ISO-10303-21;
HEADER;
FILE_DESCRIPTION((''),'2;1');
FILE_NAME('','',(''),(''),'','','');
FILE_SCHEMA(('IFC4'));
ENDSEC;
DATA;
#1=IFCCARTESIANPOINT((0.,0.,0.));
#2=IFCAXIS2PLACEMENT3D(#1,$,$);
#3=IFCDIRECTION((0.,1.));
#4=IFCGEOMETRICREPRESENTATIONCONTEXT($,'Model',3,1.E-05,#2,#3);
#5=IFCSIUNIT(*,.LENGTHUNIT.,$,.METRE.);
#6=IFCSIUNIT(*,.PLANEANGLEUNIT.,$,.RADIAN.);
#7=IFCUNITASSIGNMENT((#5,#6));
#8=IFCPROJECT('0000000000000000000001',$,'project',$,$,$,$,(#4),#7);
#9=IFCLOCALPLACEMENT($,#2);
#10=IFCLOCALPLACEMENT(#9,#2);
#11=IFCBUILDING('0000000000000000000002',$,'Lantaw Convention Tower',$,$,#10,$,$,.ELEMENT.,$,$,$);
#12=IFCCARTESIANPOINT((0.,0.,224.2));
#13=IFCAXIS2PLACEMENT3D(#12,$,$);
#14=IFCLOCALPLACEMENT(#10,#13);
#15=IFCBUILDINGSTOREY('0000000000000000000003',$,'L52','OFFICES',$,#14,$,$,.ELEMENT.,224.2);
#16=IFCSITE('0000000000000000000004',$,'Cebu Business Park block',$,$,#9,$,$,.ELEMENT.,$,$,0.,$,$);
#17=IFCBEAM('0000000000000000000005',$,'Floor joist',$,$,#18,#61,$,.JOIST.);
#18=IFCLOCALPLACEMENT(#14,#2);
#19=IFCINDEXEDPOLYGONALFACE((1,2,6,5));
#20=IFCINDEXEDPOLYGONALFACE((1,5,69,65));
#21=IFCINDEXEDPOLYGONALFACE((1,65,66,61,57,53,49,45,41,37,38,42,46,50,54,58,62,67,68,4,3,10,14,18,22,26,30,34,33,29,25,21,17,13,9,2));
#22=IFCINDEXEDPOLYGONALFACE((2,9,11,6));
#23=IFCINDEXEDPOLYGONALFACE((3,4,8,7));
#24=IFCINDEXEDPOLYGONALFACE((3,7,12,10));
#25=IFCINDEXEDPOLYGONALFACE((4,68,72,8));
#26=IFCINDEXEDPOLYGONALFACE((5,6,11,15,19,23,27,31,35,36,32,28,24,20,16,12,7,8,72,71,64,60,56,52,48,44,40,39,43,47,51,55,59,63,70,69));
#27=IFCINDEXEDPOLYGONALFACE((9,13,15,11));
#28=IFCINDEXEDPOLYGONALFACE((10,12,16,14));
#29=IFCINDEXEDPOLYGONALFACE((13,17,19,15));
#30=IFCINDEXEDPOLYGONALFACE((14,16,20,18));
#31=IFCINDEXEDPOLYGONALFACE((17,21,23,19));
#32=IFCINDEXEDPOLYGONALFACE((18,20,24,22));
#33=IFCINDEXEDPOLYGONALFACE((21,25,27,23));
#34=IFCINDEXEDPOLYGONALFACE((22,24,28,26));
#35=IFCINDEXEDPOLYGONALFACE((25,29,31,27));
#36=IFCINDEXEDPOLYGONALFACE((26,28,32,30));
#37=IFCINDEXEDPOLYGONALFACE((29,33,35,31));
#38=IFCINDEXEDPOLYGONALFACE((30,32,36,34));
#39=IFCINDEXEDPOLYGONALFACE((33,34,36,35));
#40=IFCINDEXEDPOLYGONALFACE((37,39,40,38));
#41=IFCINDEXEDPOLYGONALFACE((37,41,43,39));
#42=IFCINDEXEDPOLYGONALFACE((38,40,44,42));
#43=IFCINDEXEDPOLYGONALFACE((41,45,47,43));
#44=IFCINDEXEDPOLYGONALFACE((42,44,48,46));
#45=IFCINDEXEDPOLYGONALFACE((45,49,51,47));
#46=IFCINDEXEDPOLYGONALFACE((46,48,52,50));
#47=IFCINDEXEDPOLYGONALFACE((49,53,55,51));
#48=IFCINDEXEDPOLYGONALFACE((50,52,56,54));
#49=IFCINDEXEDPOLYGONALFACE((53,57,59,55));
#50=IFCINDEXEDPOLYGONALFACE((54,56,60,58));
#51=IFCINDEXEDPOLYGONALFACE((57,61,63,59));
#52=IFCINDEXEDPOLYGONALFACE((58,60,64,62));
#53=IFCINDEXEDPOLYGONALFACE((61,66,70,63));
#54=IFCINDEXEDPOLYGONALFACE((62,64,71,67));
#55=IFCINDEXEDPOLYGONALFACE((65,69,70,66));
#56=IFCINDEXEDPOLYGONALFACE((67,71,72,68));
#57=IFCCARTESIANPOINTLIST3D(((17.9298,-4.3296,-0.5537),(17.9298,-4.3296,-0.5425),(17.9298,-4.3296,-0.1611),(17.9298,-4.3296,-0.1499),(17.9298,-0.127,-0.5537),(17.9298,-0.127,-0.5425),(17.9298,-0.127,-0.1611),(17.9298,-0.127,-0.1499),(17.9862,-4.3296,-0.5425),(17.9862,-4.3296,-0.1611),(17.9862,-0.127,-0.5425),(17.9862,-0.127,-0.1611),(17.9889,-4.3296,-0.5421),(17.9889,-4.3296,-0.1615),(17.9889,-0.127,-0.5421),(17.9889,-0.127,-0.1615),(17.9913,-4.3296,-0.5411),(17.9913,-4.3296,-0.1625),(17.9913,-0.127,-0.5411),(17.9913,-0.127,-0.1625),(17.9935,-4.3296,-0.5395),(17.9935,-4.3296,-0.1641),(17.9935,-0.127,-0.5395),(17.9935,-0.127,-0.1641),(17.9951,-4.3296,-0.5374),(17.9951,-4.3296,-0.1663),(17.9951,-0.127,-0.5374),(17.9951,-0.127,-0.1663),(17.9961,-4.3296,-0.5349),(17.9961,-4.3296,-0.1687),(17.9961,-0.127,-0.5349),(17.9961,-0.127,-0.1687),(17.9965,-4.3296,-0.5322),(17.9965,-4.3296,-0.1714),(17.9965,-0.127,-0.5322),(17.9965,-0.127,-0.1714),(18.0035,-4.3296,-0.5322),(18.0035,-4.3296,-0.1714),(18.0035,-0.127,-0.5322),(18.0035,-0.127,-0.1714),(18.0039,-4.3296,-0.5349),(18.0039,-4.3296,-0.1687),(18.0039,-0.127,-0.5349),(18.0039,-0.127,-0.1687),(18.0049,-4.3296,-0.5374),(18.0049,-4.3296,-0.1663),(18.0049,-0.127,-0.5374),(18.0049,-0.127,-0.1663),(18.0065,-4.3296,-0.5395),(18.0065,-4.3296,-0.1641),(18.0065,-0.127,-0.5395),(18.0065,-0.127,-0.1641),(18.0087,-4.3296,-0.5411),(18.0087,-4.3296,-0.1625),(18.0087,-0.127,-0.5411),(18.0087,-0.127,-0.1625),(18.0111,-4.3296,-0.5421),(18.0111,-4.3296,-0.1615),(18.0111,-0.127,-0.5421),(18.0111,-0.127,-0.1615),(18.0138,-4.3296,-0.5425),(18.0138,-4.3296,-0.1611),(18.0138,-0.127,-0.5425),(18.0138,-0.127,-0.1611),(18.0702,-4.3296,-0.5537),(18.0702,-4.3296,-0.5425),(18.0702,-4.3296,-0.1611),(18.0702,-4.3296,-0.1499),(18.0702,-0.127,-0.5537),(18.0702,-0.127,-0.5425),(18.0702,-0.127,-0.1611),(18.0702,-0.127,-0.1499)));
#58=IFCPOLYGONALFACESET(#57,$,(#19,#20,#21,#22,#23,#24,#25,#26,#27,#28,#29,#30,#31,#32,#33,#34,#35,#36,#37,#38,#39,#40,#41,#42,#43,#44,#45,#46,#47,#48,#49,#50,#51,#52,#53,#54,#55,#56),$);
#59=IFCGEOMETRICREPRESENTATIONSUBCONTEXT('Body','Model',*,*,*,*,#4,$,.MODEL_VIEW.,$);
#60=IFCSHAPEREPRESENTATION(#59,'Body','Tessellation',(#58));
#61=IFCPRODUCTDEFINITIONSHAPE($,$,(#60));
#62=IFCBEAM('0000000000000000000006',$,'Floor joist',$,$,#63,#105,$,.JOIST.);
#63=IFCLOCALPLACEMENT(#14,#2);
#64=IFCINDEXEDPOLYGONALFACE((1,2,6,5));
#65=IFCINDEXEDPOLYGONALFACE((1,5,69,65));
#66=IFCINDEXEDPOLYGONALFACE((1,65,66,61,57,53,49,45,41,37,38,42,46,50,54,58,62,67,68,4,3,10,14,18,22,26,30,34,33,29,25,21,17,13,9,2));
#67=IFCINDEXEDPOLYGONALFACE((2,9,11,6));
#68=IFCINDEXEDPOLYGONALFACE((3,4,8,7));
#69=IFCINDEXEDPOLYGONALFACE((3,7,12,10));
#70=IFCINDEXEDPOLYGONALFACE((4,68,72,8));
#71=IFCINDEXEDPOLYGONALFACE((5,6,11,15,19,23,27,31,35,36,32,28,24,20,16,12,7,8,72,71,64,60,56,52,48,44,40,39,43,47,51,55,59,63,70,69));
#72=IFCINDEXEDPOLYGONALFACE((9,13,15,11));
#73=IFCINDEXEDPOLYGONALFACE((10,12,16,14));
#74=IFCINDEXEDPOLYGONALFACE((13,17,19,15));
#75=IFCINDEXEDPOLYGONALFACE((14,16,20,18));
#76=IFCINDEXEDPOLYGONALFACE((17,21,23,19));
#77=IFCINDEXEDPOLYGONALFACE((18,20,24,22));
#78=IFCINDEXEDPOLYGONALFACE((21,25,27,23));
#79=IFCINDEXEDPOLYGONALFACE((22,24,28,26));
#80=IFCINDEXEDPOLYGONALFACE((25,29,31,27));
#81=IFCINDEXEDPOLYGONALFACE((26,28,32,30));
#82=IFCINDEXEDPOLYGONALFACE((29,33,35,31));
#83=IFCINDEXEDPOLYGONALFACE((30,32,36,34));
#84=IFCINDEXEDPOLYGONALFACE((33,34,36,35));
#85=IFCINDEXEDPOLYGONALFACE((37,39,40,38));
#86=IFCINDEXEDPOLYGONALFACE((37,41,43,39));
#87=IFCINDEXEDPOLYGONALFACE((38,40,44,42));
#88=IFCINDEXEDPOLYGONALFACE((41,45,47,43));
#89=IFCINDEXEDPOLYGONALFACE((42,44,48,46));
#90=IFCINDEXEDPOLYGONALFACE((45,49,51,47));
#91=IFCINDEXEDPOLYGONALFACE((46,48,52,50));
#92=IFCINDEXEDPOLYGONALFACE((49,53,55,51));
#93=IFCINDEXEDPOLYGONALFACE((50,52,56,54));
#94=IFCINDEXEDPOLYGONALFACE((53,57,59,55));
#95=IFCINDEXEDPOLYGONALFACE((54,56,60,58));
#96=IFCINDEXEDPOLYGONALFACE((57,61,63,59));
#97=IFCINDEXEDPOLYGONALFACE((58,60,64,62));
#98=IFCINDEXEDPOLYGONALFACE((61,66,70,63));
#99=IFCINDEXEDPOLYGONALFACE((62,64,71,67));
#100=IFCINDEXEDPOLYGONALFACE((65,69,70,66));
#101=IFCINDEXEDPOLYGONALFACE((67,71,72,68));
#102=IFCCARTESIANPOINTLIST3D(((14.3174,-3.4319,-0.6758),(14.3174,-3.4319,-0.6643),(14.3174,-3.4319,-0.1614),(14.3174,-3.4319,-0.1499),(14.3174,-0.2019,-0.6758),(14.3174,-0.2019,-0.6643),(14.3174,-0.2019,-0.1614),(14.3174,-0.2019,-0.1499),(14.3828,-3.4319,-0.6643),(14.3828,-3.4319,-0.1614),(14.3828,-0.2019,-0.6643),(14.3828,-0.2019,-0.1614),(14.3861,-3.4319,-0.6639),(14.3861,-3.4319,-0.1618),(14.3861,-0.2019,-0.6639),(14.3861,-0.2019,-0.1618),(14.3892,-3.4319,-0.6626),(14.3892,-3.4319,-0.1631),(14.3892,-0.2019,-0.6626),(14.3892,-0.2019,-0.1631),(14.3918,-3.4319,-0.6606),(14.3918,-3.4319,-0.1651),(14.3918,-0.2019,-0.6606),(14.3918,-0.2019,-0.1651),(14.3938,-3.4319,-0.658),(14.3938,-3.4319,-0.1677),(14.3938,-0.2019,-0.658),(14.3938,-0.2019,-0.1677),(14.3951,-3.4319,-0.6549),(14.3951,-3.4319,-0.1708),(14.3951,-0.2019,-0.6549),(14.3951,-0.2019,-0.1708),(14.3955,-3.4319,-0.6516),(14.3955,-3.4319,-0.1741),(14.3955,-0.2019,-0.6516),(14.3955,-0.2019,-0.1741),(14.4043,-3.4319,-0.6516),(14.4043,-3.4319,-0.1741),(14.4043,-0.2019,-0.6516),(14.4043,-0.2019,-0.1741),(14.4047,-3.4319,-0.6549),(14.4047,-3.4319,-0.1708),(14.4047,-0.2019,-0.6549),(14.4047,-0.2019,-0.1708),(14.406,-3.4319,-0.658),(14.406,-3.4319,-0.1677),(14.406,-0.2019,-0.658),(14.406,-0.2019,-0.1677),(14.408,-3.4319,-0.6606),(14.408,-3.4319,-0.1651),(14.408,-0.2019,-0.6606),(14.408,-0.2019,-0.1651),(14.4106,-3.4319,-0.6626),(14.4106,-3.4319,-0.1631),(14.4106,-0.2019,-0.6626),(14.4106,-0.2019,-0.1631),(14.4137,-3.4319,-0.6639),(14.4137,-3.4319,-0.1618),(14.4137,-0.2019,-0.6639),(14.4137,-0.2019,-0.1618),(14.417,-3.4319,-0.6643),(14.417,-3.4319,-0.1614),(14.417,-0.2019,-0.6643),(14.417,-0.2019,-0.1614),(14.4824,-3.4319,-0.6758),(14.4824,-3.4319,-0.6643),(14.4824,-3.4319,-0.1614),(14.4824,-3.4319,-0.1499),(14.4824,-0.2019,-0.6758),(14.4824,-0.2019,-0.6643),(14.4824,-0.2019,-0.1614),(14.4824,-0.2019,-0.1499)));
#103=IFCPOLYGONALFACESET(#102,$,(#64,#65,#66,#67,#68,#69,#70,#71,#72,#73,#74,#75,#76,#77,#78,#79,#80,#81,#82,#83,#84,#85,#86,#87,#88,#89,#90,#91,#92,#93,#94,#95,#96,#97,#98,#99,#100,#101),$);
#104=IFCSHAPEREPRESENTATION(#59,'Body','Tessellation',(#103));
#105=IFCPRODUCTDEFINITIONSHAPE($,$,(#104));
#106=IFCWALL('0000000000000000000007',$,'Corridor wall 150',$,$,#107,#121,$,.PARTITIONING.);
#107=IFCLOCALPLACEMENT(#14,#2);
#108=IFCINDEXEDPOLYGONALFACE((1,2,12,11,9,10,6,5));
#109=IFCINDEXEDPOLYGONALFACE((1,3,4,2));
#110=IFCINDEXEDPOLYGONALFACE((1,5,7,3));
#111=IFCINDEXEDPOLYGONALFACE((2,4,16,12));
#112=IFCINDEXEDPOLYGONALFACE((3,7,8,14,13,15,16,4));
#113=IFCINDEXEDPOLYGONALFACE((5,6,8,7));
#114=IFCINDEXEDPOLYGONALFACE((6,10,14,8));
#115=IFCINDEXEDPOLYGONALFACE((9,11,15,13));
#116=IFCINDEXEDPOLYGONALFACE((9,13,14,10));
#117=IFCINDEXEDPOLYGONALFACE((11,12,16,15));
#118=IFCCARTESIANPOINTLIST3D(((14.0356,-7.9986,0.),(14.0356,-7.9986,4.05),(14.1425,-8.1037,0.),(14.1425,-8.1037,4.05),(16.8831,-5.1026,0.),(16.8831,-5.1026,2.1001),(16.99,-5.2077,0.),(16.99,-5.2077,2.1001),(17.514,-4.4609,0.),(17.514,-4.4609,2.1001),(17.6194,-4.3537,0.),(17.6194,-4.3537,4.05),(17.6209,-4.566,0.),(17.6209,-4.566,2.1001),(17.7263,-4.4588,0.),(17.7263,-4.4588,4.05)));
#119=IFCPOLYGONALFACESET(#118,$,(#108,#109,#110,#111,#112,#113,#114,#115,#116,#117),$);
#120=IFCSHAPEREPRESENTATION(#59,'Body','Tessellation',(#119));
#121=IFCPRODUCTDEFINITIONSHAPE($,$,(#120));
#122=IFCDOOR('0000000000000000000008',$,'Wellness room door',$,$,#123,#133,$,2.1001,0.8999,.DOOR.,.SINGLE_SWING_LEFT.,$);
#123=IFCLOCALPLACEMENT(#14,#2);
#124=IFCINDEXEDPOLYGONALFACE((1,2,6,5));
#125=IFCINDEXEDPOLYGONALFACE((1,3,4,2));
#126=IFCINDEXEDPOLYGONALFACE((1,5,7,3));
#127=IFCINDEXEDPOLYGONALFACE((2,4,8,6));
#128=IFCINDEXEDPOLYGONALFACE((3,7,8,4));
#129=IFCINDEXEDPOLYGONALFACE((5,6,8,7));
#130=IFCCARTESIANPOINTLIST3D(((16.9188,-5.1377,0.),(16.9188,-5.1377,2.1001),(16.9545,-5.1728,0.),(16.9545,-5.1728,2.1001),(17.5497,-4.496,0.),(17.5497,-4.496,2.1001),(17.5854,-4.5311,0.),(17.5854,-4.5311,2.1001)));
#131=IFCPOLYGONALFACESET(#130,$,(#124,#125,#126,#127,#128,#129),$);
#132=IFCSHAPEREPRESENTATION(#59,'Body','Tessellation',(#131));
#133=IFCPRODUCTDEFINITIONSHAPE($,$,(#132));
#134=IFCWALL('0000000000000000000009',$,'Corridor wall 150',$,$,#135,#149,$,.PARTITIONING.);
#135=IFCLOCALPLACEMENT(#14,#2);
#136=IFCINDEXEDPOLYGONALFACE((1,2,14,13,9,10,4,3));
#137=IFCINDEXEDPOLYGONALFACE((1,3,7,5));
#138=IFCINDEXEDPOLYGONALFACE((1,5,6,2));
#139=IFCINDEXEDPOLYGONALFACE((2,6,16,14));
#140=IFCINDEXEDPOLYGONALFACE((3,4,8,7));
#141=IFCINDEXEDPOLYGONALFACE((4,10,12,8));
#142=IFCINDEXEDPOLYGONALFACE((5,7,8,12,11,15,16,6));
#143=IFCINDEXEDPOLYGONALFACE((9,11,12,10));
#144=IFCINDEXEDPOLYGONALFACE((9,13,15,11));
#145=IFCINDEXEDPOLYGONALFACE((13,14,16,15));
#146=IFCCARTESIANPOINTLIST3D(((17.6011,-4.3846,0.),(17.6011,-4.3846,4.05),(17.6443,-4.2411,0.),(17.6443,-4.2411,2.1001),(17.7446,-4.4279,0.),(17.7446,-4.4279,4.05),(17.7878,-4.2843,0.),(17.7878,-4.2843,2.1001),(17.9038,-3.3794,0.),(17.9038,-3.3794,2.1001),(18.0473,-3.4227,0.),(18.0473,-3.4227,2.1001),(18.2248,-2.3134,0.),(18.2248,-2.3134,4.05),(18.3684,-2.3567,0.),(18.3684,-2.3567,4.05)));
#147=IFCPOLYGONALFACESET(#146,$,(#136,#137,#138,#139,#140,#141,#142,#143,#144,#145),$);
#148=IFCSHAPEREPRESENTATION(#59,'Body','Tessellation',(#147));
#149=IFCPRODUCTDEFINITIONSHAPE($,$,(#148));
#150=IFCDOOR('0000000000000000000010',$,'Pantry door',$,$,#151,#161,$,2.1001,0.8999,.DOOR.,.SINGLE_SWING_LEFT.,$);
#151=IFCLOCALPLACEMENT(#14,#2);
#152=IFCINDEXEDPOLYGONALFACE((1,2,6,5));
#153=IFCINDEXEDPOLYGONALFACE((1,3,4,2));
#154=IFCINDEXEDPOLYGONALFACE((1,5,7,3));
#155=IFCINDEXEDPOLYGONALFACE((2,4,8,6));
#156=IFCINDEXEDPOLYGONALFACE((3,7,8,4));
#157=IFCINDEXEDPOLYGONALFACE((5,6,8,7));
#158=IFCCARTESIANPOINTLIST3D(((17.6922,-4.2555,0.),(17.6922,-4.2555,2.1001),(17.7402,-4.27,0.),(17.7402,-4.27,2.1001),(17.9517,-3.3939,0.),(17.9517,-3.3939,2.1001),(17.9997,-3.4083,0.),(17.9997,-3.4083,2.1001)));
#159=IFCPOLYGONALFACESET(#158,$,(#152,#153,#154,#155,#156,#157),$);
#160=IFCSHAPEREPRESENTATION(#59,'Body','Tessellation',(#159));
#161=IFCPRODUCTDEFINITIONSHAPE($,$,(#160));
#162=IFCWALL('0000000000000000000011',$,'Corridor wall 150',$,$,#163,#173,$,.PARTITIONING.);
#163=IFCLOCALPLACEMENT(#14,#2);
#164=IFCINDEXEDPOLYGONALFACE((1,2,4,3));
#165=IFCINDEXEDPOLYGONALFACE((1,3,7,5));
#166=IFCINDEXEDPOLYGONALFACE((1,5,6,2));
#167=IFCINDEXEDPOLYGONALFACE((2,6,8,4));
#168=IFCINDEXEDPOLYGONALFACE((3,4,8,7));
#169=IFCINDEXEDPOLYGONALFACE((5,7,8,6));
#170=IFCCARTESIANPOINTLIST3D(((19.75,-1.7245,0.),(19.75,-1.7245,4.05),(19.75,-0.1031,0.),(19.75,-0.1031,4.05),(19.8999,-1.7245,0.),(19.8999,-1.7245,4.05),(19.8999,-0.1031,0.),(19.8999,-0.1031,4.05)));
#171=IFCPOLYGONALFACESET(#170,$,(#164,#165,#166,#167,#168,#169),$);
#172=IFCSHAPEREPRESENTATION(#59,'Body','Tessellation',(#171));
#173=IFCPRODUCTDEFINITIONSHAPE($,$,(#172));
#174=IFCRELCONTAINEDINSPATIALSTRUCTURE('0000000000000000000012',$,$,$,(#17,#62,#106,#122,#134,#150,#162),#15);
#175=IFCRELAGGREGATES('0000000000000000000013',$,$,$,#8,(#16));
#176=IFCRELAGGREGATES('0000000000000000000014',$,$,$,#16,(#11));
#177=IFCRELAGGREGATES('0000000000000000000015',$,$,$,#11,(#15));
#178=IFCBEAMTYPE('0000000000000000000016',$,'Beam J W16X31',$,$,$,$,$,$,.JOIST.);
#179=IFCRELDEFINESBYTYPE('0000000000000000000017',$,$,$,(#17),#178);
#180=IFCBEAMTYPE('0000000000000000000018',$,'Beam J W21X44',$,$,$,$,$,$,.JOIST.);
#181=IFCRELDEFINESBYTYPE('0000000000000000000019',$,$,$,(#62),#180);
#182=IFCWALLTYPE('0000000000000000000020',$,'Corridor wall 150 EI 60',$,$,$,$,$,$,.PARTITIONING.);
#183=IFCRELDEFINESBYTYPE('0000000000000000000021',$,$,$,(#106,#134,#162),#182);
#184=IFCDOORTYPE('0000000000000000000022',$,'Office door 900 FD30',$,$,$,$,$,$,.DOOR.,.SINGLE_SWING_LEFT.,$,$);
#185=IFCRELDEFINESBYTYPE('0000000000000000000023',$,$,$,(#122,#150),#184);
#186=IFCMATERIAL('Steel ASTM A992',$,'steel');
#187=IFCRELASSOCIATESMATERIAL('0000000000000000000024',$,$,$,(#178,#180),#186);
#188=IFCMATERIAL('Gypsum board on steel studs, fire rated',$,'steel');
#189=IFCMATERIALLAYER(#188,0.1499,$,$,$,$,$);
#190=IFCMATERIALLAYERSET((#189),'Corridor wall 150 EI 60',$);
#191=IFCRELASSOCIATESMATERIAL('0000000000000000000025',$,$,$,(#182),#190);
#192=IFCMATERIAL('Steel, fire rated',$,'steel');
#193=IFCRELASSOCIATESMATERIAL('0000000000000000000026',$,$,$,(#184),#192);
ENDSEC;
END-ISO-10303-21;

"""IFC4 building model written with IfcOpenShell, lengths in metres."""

from ifc_helpers import new_model, si_unit, direction, frame, frame_2d, origin, origin_2d, place, context, subcontext, project, spatial, rectangle, i_section, extrude, material, layer, layer_set, material_profile, profile_set, type_object, element, fill, save


model = new_model("IFC4")

# Units and contexts
model_context = context("Model", 3, precision=1e-05, world=origin(), true_north=direction((0.0, 1.0)))
body_context = subcontext(model_context, "Body", "Model", "MODEL_VIEW")
ifc_project = project(units=[si_unit("LENGTHUNIT", "METRE"), si_unit("PLANEANGLEUNIT", "RADIAN")], contexts=[model_context])

# Site, building, storey
site_placement = place(None, origin())
site = spatial("IfcSite", under=ifc_project, at=site_placement, Name="Cebu Business Park block", CompositionType="ELEMENT", RefElevation=0.0)
building_placement = place(site_placement, origin())
building = spatial("IfcBuilding", under=site, at=building_placement, Name="Lantaw Convention Tower", CompositionType="ELEMENT")
storey_placement = place(building_placement, frame((0.0, 0.0, 224.2)))
storey = spatial("IfcBuildingStorey", under=building, at=storey_placement, Name="L52", Description="OFFICES", CompositionType="ELEMENT", Elevation=224.2)

# Beams
ifc_material_1 = material(Name="Steel ASTM A992", Category="steel")
ifc_material_profile_1 = material_profile(ifc_material_1, i_section(OverallWidth=0.1404, OverallDepth=0.4038, WebThickness=0.0071, FlangeThickness=0.0112, FilletRadius=0.0103, at=origin_2d()), Name="W16X31")
ifc_profile_set_1 = profile_set([ifc_material_profile_1], Name="Steel ASTM A992")
beam_type_1 = type_object("IfcBeamType", Name="Beam J W16X31", PredefinedType="JOIST", material=ifc_profile_set_1)
beam_1_placement = place(storey_placement, frame((18.0, -4.3296, -0.3518), z_axis=(0.0, 1.0, 0.0), x_axis=(-1.0, 0.0, 0.0)))
element("IfcBeam", 1, at=beam_1_placement, inside=storey, type_object=beam_type_1, Name="Floor joist", PredefinedType="JOIST", context=body_context, shape_type="SweptSolid", body=[
    extrude(i_section(OverallWidth=0.1404, OverallDepth=0.4038, WebThickness=0.0071, FlangeThickness=0.0112, FilletRadius=0.0103, at=origin_2d()), origin(), (0.0, 0.0, 1.0), 4.2026),
])
ifc_material_profile_2 = material_profile(ifc_material_1, i_section(OverallWidth=0.165, OverallDepth=0.5259, WebThickness=0.0088, FlangeThickness=0.0115, FilletRadius=0.0127, at=origin_2d()), Name="W21X44")
ifc_profile_set_2 = profile_set([ifc_material_profile_2], Name="Steel ASTM A992")
beam_type_2 = type_object("IfcBeamType", Name="Beam J W21X44", PredefinedType="JOIST", material=ifc_profile_set_2)
beam_2_placement = place(storey_placement, frame((14.3999, -3.4319, -0.4128), z_axis=(0.0, 1.0, 0.0), x_axis=(-1.0, 0.0, 0.0)))
element("IfcBeam", 2, at=beam_2_placement, inside=storey, type_object=beam_type_2, Name="Floor joist", PredefinedType="JOIST", context=body_context, shape_type="SweptSolid", body=[
    extrude(i_section(OverallWidth=0.165, OverallDepth=0.5259, WebThickness=0.0088, FlangeThickness=0.0115, FilletRadius=0.0127, at=origin_2d()), origin(), (0.0, 0.0, 1.0), 3.23),
])

# Walls, openings, doors
ifc_material_2 = material(Name="Gypsum board on steel studs, fire rated", Category="steel")
ifc_layer_1 = layer(ifc_material_2, 0.1499)
ifc_layer_set_1 = layer_set([ifc_layer_1], Name="Corridor wall 150 EI 60")
wall_type_1 = type_object("IfcWallType", Name="Corridor wall 150 EI 60", PredefinedType="PARTITIONING", material=ifc_layer_set_1)
wall_1_placement = place(storey_placement, frame((14.0891, -8.051, 0.0), z_axis=(0.0, 0.0, 1.0), x_axis=(0.701111, 0.713052, 0.0)))
wall_1 = element("IfcWall", 3, at=wall_1_placement, inside=storey, type_object=wall_type_1, Name="Corridor wall 150", PredefinedType="PARTITIONING", context=body_context, shape_type="SweptSolid", body=[
    extrude(rectangle(XDim=5.1116, YDim=0.1499, at=frame_2d((2.5557, 0.0))), origin(), (0.0, 0.0, 1.0), 4.05),
])
opening_1_placement = place(wall_1_placement, frame((4.0613, 0.0, 0.0)))
opening_1 = element("IfcOpeningElement", 4, at=opening_1_placement, cuts=wall_1, PredefinedType="OPENING", context=body_context, shape_type="SweptSolid", body=[
    extrude(rectangle(XDim=0.8999, YDim=2.1001, at=frame_2d((0.45, 1.05))), frame((0.0, 0.085, 0.0), z_axis=(0.0, -1.0, 0.0), x_axis=(1.0, 0.0, 0.0)), (0.0, 0.0, 1.0), 0.1699),
])
ifc_material_3 = material(Name="Steel, fire rated", Category="steel")
door_type_1 = type_object("IfcDoorType", Name="Office door 900 FD30", OperationType="SINGLE_SWING_LEFT", PredefinedType="DOOR", material=ifc_material_3)
door_1_placement = place(opening_1_placement, origin())
door_1 = element("IfcDoor", 5, at=door_1_placement, inside=storey, type_object=door_type_1, Name="Wellness room door", OperationType="SINGLE_SWING_LEFT", OverallHeight=2.1001, OverallWidth=0.8999, PredefinedType="DOOR", context=body_context, shape_type="SweptSolid", body=[
    extrude(rectangle(XDim=0.8999, YDim=2.1001, at=frame_2d((0.45, 1.05))), frame((0.0, 0.0249, 0.0), z_axis=(0.0, -1.0, 0.0), x_axis=(1.0, 0.0, 0.0)), (0.0, 0.0, 1.0), 0.05),
])
fill(opening_1, door_1)
wall_2_placement = place(storey_placement, frame((17.6729, -4.4062, 0.0), z_axis=(0.0, 0.0, 1.0), x_axis=(0.288362, 0.957521, 0.0)))
wall_2 = element("IfcWall", 6, at=wall_2_placement, inside=storey, type_object=wall_type_1, Name="Corridor wall 150", PredefinedType="PARTITIONING", context=body_context, shape_type="SweptSolid", body=[
    extrude(rectangle(XDim=2.1631, YDim=0.1499, at=frame_2d((1.0815, 0.0))), origin(), (0.0, 0.0, 1.0), 4.05),
])
opening_2_placement = place(wall_2_placement, frame((0.1499, 0.0, 0.0)))
opening_2 = element("IfcOpeningElement", 7, at=opening_2_placement, cuts=wall_2, PredefinedType="OPENING", context=body_context, shape_type="SweptSolid", body=[
    extrude(rectangle(XDim=0.8999, YDim=2.1001, at=frame_2d((0.45, 1.05))), frame((0.0, 0.085, 0.0), z_axis=(0.0, -1.0, 0.0), x_axis=(1.0, 0.0, 0.0)), (0.0, 0.0, 1.0), 0.1699),
])
door_2_placement = place(opening_2_placement, origin())
door_2 = element("IfcDoor", 8, at=door_2_placement, inside=storey, type_object=door_type_1, Name="Pantry door", OperationType="SINGLE_SWING_LEFT", OverallHeight=2.1001, OverallWidth=0.8999, PredefinedType="DOOR", context=body_context, shape_type="SweptSolid", body=[
    extrude(rectangle(XDim=0.8999, YDim=2.1001, at=frame_2d((0.45, 1.05))), frame((0.0, 0.0249, 0.0), z_axis=(0.0, -1.0, 0.0), x_axis=(1.0, 0.0, 0.0)), (0.0, 0.0, 1.0), 0.05),
])
fill(opening_2, door_2)

# Wall
wall_3_placement = place(storey_placement, frame((19.825, -0.1033, 0.0), z_axis=(0.0, 0.0, 1.0), x_axis=(0.0, -1.0, 0.0)))
element("IfcWall", 9, at=wall_3_placement, inside=storey, type_object=wall_type_1, Name="Corridor wall 150", PredefinedType="PARTITIONING", context=body_context, shape_type="SweptSolid", body=[
    extrude(rectangle(XDim=1.6213, YDim=0.1499, at=frame_2d((0.8105, 0.0))), origin(), (0.0, 0.0, 1.0), 4.05),
])

save(model, "model.ifc")
